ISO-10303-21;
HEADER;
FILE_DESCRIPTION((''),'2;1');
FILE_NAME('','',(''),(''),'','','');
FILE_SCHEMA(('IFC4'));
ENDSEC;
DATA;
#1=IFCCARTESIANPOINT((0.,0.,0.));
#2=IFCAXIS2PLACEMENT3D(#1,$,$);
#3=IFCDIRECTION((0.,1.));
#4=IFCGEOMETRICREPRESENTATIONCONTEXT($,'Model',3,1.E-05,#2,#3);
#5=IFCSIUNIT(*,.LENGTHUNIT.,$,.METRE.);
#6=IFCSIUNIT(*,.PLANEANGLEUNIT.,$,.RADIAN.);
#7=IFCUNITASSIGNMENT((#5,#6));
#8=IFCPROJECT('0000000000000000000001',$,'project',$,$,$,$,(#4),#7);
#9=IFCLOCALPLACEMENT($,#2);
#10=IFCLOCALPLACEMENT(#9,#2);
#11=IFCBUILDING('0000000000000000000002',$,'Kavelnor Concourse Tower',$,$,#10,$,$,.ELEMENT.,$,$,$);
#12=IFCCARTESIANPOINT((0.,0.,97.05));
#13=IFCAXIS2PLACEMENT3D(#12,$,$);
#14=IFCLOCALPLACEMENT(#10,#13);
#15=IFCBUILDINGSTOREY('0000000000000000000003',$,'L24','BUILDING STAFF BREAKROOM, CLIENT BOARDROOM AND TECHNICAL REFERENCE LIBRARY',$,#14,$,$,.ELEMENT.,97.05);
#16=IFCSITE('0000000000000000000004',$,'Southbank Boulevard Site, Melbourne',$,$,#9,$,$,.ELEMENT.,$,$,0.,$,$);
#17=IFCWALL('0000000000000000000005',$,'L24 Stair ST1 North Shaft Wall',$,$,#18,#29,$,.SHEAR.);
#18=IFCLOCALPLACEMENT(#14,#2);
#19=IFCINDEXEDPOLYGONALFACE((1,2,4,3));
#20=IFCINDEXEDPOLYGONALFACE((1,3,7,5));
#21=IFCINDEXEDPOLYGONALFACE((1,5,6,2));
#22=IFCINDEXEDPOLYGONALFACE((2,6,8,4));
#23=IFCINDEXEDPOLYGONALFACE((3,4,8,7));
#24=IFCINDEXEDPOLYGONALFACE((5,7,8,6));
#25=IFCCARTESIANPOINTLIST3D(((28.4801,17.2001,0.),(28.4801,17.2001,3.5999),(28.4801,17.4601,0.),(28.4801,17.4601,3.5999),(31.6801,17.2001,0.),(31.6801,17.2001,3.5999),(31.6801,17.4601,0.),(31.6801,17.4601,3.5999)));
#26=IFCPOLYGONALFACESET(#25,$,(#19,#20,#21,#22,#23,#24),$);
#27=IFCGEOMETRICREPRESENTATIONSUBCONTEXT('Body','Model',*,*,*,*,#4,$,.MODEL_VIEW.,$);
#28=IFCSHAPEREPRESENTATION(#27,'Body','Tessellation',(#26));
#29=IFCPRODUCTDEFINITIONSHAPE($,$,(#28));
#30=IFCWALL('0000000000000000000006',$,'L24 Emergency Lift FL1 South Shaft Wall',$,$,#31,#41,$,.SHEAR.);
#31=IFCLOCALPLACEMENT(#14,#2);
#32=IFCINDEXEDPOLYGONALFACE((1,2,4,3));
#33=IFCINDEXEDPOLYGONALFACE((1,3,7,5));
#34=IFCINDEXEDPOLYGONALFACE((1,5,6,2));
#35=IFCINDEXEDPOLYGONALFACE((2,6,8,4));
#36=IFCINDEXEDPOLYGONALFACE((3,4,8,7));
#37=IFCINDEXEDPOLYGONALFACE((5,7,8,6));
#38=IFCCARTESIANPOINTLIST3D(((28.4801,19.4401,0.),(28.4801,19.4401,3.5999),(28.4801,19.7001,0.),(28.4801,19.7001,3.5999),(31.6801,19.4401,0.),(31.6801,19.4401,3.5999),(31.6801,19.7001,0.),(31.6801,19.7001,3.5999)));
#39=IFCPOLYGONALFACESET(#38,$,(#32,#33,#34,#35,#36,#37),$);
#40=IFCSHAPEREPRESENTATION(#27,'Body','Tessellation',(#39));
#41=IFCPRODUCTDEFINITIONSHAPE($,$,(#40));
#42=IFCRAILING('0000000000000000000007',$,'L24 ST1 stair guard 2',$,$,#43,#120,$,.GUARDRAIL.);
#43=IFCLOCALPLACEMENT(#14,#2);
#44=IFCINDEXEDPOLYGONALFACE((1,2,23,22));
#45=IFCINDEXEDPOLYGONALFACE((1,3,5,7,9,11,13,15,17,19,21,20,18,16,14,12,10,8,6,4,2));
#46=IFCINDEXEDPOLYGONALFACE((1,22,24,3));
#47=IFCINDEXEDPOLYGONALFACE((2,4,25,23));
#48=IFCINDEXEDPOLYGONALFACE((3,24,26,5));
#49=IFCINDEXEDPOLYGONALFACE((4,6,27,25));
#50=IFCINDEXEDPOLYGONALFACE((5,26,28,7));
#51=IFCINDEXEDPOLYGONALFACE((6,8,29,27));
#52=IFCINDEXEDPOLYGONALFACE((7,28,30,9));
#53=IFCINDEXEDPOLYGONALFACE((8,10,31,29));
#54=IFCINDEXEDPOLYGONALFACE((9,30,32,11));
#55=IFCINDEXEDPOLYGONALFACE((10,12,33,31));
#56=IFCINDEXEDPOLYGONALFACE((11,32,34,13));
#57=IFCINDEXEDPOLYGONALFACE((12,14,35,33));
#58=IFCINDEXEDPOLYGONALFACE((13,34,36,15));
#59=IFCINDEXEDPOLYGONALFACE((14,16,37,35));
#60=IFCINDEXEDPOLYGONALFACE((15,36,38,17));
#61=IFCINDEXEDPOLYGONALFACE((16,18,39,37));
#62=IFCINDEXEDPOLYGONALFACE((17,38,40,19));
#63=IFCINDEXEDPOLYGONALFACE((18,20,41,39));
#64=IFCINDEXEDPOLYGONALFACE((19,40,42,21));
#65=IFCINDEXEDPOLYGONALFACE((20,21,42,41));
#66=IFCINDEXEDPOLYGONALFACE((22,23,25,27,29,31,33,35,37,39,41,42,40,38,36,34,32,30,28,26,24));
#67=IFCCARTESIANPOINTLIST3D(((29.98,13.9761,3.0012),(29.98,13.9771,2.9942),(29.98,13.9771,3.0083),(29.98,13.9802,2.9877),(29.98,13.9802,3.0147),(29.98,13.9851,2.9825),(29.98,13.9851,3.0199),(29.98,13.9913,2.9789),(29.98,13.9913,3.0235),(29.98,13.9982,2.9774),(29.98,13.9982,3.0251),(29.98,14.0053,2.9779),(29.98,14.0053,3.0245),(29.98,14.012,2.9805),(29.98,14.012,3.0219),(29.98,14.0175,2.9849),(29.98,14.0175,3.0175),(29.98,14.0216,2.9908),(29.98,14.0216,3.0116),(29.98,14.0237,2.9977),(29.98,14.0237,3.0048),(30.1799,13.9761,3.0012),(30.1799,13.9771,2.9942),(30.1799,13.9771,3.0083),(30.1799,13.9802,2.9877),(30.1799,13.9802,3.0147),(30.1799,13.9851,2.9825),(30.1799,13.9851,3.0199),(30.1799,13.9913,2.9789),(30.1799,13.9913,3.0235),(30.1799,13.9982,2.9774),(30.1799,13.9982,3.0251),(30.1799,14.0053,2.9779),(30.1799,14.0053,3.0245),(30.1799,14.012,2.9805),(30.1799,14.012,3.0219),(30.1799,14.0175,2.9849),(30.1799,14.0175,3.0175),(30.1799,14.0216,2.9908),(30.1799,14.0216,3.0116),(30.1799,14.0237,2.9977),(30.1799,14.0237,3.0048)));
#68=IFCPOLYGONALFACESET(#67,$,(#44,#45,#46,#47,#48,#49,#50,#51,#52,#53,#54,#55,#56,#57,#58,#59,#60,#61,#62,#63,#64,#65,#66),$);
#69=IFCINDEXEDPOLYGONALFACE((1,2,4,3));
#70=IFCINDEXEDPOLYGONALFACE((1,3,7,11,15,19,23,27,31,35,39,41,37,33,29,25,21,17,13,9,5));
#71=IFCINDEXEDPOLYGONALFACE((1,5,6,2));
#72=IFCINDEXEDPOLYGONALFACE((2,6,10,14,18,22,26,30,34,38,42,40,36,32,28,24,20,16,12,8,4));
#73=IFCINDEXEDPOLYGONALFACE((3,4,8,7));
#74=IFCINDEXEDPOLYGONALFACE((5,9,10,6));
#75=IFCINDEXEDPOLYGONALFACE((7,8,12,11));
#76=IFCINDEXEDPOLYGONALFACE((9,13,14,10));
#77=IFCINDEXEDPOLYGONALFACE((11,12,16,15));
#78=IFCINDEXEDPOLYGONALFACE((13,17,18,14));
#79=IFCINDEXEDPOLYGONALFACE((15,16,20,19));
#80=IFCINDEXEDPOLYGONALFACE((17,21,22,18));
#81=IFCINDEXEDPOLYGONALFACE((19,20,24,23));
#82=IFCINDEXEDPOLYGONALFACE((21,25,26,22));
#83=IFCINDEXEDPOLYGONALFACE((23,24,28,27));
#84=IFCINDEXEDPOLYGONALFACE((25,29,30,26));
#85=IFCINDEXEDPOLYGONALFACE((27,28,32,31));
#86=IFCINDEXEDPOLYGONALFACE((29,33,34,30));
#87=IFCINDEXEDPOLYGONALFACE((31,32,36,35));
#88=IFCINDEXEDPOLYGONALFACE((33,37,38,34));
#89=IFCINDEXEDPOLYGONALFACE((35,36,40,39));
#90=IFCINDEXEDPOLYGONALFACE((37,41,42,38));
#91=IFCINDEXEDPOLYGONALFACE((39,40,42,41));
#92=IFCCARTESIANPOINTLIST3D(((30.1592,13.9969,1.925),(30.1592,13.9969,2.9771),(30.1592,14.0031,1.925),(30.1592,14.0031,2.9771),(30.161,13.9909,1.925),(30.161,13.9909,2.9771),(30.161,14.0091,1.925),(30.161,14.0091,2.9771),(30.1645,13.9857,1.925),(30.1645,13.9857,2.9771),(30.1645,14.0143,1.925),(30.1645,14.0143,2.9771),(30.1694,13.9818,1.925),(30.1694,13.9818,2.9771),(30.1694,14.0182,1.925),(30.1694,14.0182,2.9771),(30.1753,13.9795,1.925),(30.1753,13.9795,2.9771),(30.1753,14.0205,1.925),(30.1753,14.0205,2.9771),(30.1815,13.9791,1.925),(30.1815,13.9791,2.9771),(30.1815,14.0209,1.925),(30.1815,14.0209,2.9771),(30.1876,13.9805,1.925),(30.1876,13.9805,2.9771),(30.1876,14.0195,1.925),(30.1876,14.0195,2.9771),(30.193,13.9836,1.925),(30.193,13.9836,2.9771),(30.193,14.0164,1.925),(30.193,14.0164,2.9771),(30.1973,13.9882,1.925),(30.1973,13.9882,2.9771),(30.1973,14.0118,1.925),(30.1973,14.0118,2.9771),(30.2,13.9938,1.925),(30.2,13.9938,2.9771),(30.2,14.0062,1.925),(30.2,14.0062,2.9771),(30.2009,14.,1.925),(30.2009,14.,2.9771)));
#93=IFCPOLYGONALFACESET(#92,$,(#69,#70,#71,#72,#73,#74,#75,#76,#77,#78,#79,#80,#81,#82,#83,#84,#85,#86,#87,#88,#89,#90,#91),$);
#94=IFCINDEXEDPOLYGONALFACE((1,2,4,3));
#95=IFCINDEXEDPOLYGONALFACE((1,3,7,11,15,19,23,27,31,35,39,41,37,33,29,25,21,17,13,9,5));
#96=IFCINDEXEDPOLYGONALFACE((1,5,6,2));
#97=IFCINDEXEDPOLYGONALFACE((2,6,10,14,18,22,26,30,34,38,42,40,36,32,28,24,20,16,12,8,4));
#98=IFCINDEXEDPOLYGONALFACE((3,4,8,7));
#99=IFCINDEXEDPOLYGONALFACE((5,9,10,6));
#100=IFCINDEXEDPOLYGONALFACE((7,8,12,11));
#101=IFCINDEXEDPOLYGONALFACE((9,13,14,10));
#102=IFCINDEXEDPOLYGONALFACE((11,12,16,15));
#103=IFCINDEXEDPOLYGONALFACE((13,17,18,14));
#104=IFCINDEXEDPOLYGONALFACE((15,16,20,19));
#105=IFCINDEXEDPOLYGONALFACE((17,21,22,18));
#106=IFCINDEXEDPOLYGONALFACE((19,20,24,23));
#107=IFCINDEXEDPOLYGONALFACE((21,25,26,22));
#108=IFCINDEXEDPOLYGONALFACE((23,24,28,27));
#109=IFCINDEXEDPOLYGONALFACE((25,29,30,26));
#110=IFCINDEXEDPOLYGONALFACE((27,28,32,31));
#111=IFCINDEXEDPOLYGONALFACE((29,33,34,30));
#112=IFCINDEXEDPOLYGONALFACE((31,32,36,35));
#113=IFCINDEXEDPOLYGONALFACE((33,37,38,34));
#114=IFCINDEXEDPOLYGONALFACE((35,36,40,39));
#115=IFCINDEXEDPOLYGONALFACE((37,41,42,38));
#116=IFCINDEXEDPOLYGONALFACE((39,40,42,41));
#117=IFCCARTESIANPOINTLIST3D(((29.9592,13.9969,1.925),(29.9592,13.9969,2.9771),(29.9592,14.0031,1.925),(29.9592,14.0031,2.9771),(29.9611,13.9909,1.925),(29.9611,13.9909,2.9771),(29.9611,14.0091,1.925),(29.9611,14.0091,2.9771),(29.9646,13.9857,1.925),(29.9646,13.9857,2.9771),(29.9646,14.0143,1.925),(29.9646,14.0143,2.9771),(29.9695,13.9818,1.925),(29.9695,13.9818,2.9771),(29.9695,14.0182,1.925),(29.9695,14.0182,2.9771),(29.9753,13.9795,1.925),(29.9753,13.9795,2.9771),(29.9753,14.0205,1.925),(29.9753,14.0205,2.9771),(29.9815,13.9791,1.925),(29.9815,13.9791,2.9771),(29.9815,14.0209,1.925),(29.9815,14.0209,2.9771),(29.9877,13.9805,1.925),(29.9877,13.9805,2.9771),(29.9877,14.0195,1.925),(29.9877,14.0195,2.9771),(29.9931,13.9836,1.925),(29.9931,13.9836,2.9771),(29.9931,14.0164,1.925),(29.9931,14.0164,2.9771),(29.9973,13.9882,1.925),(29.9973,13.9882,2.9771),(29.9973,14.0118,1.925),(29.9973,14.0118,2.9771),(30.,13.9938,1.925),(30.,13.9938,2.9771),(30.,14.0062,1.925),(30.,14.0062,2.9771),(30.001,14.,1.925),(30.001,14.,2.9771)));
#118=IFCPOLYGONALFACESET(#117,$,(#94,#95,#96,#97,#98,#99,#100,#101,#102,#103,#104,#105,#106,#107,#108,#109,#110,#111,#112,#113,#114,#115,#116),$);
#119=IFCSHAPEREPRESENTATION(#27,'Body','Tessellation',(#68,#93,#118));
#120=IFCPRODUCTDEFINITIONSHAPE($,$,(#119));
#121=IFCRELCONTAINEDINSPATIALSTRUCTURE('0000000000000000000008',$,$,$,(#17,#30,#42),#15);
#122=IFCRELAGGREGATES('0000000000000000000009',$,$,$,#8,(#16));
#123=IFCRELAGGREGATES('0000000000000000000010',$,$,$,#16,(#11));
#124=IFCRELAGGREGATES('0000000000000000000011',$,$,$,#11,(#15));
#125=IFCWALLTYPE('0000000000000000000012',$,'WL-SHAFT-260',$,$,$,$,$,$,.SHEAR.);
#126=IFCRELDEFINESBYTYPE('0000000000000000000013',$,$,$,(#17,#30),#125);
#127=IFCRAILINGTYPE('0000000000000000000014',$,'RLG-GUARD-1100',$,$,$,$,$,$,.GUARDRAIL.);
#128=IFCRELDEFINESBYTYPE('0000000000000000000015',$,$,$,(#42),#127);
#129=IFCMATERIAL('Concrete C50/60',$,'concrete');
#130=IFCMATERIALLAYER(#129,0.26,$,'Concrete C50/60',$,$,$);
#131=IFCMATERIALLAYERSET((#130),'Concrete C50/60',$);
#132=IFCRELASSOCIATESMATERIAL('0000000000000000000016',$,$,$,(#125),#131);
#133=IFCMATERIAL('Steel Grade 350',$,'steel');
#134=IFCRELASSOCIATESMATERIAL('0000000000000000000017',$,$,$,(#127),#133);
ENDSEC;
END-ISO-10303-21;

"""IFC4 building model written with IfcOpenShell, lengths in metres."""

from ifc_helpers import new_model, si_unit, direction, frame, frame_2d, origin, origin_2d, place, context, subcontext, project, spatial, rectangle, circle, extrude, material, layer, layer_set, type_object, element, save


model = new_model("IFC4")

# Units and contexts
model_context = context("Model", 3, precision=1e-05, world=origin(), true_north=direction((0.0, 1.0)))
body_context = subcontext(model_context, "Body", "Model", "MODEL_VIEW")
ifc_project = project(units=[si_unit("LENGTHUNIT", "METRE"), si_unit("PLANEANGLEUNIT", "RADIAN")], contexts=[model_context])

# Site, building, storey
site_placement = place(None, origin())
site = spatial("IfcSite", under=ifc_project, at=site_placement, Name="Southbank Boulevard Site, Melbourne", CompositionType="ELEMENT", RefElevation=0.0)
building_placement = place(site_placement, origin())
building = spatial("IfcBuilding", under=site, at=building_placement, Name="Kavelnor Concourse Tower", CompositionType="ELEMENT")
storey_placement = place(building_placement, frame((0.0, 0.0, 97.05)))
storey = spatial("IfcBuildingStorey", under=building, at=storey_placement, Name="L24", Description="BUILDING STAFF BREAKROOM, CLIENT BOARDROOM AND TECHNICAL REFERENCE LIBRARY", CompositionType="ELEMENT", Elevation=97.05)

# Shared definitions
ifc_material_1 = material(Name="Steel Grade 350", Category="steel")

# Shared definitions
ifc_material_2 = material(Name="Concrete C50/60", Category="concrete")

# Walls
ifc_layer_1 = layer(ifc_material_2, 0.26, Name="Concrete C50/60")
ifc_layer_set_1 = layer_set([ifc_layer_1], Name="Concrete C50/60")
wall_type_1 = type_object("IfcWallType", Name="WL-SHAFT-260", PredefinedType="SHEAR", material=ifc_layer_set_1)
for number, where, z_axis, x_axis, name in (
    (1, (28.48, 17.3301, 0.0), (0.0, 0.0, 1.0), (1.0, 0.0, 0.0), "L24 Stair ST1 North Shaft Wall"),
    (2, (28.48, 19.5701, 0.0), (0.0, 0.0, 1.0), (1.0, 0.0, 0.0), "L24 Emergency Lift FL1 South Shaft Wall"),
):
    element("IfcWall", number, at=place(storey_placement, frame(where, z_axis=z_axis, x_axis=x_axis)), inside=storey, type_object=wall_type_1, Name=name, PredefinedType="SHEAR", context=body_context, shape_type="SweptSolid", body=[
        extrude(rectangle(XDim=3.2, YDim=0.26, at=frame_2d((1.6001, 0.0))), origin(), (0.0, 0.0, 1.0), 3.5999),
    ])

# Railing
railing_type = type_object("IfcRailingType", Name="RLG-GUARD-1100", PredefinedType="GUARDRAIL", material=ifc_material_1)
railing_1_placement = place(storey_placement, frame((30.1799, 14.0, 1.925)))
element("IfcRailing", 3, at=railing_1_placement, inside=storey, type_object=railing_type, Name="L24 ST1 stair guard 2", PredefinedType="GUARDRAIL", context=body_context, shape_type="SweptSolid", body=[
    extrude(circle(Radius=0.0239, at=origin_2d()), frame((0.0, 0.0, 1.0762), z_axis=(-1.0, 0.0, 0.0), x_axis=(0.0, -1.0, 0.0)), (0.0, 0.0, 1.0), 0.2),
    extrude(circle(Radius=0.021, at=origin_2d()), origin(), (0.0, 0.0, 1.0), 1.052),
    extrude(circle(Radius=0.021, at=origin_2d()), frame((-0.2, 0.0, 0.0)), (0.0, 0.0, 1.0), 1.052),
])

save(model, "model.ifc")
